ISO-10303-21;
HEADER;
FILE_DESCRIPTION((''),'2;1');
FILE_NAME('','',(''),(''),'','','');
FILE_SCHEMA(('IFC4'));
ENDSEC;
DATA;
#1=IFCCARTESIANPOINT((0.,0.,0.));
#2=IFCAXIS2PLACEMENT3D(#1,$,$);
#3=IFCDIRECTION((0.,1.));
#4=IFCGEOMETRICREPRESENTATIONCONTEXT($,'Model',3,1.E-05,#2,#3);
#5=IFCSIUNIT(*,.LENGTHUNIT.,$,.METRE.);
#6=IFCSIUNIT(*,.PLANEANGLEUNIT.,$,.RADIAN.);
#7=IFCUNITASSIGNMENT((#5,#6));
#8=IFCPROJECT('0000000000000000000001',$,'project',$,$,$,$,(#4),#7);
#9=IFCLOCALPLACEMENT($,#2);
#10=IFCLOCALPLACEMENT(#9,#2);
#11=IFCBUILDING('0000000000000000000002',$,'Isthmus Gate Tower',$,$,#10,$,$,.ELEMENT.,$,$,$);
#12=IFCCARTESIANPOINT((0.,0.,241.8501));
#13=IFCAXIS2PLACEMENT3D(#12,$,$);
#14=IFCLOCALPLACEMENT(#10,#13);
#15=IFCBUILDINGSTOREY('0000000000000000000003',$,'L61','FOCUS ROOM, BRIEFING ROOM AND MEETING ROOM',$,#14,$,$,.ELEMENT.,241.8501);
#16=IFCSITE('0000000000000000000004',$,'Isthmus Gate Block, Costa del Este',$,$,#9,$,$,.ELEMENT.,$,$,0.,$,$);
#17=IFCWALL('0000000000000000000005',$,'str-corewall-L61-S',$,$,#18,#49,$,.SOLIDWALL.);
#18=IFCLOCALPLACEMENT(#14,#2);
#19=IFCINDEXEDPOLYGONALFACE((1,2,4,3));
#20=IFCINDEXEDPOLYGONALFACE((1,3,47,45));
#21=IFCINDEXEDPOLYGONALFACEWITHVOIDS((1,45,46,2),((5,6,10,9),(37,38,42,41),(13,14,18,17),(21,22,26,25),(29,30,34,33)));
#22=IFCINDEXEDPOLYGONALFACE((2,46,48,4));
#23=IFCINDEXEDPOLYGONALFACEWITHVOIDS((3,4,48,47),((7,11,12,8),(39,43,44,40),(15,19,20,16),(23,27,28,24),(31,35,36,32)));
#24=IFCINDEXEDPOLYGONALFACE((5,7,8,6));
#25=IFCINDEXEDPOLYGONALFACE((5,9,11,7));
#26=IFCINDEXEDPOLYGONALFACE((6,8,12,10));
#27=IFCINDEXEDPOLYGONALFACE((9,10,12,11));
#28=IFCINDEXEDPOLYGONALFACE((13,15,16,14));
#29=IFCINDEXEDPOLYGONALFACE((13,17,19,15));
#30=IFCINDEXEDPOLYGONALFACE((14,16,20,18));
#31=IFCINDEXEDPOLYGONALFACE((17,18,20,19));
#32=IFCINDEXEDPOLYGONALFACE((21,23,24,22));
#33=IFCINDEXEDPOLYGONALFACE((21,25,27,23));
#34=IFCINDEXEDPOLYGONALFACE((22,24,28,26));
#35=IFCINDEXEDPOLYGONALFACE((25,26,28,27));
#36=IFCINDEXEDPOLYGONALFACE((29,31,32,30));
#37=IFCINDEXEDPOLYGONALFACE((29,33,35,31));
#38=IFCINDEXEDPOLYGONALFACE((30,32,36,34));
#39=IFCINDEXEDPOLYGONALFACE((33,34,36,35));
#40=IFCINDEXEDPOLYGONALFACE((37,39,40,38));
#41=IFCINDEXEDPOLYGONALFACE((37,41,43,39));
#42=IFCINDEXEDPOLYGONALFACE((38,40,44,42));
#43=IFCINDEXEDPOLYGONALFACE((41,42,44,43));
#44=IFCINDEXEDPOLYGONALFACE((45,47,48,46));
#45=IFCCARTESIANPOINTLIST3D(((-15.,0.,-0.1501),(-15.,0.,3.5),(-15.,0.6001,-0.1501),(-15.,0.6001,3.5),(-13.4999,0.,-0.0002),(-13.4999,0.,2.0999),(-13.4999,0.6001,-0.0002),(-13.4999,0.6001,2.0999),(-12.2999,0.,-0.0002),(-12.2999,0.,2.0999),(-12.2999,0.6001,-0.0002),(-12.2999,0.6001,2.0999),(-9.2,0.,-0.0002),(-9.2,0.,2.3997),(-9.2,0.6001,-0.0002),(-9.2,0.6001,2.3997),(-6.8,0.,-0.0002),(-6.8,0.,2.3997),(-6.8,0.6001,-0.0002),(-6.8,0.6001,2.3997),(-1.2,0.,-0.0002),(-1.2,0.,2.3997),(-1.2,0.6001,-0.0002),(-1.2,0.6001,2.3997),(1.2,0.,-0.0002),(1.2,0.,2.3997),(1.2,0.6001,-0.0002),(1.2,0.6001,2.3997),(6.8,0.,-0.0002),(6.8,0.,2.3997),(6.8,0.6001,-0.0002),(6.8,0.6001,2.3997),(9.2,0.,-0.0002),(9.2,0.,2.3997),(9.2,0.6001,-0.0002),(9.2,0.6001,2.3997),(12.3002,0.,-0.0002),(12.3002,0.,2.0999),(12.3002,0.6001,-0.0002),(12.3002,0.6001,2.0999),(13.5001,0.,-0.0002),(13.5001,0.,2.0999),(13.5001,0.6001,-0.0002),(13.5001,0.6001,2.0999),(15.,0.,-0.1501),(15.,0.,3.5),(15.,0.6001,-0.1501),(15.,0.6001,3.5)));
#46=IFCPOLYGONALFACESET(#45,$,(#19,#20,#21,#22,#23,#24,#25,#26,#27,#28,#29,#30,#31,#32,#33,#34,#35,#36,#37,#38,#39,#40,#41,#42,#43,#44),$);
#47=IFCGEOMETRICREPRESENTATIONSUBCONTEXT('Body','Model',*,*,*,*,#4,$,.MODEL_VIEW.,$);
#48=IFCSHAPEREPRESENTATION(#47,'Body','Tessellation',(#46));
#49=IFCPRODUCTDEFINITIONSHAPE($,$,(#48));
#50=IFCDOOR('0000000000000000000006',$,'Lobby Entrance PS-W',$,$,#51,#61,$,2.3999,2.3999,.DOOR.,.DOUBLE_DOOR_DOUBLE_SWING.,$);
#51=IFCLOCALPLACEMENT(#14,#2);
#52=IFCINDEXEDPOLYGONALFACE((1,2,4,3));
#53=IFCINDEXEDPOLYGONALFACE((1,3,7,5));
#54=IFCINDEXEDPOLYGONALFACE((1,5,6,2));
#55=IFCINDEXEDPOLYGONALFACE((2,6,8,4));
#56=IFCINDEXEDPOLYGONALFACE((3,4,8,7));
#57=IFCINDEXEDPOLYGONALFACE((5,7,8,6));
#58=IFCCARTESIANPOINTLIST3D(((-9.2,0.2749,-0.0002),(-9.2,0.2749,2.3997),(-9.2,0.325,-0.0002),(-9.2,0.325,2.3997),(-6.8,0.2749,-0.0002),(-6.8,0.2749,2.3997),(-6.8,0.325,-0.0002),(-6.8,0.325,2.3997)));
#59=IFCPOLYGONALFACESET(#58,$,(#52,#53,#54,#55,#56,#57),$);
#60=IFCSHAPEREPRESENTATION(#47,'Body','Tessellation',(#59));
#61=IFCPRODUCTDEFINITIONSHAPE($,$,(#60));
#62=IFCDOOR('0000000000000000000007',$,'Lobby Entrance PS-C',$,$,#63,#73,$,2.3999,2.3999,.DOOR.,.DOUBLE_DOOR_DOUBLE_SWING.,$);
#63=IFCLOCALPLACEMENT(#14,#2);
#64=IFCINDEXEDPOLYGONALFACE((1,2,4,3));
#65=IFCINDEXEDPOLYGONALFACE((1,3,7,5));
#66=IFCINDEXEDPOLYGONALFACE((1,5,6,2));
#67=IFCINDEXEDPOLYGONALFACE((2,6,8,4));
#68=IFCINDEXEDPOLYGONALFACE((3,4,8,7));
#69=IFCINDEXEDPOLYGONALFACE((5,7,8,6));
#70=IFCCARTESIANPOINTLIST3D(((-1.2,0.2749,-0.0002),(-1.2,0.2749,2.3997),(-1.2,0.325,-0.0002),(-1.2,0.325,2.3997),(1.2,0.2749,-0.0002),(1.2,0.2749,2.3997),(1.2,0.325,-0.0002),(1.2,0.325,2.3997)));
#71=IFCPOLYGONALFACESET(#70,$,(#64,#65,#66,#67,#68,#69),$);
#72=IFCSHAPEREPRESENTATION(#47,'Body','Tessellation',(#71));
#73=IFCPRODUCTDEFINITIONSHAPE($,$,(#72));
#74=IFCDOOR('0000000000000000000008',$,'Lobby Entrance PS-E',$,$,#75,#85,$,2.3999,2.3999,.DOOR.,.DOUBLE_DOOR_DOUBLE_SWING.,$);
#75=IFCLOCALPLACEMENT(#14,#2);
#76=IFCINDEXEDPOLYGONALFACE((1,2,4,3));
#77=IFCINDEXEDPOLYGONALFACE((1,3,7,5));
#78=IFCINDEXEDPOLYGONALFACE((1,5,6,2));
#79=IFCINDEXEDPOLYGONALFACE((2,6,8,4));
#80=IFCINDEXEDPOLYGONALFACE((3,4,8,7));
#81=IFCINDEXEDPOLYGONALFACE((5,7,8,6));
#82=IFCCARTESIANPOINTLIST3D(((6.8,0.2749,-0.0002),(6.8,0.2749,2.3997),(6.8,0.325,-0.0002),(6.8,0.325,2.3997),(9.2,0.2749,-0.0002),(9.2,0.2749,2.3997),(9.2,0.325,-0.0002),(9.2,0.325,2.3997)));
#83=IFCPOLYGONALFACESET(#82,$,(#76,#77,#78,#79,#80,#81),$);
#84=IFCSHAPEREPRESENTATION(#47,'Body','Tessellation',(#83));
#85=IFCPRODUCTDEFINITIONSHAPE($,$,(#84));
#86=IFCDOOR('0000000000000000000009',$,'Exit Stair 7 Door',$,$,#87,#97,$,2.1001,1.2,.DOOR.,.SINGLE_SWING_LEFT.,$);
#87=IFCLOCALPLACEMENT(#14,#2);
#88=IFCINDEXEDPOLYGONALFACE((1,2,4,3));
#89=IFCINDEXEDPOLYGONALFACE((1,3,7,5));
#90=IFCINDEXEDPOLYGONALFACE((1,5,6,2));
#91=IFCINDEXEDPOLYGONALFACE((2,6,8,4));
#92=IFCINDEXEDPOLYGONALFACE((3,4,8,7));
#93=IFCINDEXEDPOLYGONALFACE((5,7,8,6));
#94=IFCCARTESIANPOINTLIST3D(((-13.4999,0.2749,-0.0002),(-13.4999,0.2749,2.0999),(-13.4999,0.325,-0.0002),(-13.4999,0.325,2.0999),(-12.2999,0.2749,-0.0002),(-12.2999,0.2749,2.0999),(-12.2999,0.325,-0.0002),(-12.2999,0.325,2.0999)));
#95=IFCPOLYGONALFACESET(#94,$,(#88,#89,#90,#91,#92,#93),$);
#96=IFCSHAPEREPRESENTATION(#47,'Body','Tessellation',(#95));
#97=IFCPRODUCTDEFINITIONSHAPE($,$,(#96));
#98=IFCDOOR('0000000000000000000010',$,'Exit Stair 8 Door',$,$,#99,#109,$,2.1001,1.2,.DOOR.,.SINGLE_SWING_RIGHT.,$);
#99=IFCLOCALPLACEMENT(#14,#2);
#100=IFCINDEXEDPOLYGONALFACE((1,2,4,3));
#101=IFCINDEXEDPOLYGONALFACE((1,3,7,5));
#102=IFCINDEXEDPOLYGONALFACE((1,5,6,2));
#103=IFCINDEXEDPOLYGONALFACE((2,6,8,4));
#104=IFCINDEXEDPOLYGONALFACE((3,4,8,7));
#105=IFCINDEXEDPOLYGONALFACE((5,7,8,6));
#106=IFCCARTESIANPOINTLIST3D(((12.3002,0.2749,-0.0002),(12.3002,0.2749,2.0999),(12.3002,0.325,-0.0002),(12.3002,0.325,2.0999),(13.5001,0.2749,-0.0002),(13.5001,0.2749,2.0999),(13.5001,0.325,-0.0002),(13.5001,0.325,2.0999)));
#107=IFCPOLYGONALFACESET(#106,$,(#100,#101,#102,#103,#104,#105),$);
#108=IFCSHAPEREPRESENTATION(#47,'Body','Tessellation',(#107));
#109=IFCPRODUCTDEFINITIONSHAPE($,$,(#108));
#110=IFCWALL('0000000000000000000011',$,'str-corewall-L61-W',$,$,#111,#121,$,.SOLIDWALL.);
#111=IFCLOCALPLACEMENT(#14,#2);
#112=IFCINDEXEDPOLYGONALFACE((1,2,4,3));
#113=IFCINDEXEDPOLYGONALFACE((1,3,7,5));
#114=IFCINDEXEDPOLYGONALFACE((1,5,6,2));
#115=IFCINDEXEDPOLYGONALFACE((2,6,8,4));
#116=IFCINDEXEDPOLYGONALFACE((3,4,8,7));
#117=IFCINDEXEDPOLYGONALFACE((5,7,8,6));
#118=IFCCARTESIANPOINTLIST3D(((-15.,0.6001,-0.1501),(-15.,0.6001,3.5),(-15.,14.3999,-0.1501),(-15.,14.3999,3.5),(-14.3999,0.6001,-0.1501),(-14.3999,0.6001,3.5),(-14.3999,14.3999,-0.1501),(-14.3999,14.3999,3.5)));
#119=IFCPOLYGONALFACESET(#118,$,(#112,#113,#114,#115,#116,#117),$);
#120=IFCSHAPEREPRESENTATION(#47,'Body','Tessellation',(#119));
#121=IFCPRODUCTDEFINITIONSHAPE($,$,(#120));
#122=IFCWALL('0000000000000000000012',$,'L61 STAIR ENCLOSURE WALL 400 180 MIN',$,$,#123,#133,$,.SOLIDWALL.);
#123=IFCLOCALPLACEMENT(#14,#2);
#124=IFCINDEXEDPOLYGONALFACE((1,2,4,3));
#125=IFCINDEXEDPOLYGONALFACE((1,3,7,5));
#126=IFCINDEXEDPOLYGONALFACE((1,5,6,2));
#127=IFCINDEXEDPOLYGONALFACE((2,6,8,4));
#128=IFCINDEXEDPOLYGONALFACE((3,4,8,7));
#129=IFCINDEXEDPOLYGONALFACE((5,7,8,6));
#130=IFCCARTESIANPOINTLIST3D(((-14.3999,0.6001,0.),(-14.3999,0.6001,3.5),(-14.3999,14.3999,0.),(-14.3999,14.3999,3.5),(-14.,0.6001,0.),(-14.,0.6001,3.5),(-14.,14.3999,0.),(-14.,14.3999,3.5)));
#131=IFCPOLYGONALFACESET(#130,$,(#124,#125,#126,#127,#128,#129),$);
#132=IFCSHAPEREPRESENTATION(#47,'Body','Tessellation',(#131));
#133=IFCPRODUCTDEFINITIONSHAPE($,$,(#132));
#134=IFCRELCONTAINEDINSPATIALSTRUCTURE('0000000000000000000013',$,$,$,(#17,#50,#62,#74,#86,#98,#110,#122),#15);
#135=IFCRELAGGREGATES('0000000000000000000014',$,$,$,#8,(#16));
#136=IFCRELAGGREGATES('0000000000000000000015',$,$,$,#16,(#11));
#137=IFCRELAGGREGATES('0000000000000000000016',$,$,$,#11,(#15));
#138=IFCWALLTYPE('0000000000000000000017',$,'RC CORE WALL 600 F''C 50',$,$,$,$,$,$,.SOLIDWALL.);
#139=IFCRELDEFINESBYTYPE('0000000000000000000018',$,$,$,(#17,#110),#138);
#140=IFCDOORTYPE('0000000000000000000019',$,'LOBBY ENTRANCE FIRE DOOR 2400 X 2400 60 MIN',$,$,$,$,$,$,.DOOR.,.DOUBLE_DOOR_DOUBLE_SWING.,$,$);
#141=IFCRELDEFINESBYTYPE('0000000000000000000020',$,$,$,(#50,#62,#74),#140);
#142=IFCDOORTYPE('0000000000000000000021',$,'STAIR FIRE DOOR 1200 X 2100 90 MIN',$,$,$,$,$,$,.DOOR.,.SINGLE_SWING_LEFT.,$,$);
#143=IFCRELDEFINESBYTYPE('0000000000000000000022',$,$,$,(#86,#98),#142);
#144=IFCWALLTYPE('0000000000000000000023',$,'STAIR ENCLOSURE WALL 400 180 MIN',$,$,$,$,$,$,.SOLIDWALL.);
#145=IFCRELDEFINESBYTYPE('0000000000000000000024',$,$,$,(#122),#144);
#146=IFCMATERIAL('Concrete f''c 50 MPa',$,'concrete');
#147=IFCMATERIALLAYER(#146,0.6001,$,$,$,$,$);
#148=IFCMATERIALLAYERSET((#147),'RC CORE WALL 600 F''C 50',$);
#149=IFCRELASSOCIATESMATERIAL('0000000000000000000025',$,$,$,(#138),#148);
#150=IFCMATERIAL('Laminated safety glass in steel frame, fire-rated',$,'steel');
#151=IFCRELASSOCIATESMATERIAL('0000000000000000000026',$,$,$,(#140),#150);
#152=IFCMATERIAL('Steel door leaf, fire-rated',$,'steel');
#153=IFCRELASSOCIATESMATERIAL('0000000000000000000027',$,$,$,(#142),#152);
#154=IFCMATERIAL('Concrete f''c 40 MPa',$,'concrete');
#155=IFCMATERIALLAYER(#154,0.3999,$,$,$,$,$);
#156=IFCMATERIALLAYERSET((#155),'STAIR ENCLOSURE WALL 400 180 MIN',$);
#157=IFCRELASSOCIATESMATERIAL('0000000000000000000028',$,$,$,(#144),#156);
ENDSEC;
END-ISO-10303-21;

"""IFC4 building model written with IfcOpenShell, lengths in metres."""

from ifc_helpers import new_model, si_unit, direction, frame, frame_2d, origin, place, context, subcontext, project, spatial, rectangle, extrude, material, layer, layer_set, type_object, element, fill, save


model = new_model("IFC4")

# Units and contexts
model_context = context("Model", 3, precision=1e-05, world=origin(), true_north=direction((0.0, 1.0)))
body_context = subcontext(model_context, "Body", "Model", "MODEL_VIEW")
ifc_project = project(units=[si_unit("LENGTHUNIT", "METRE"), si_unit("PLANEANGLEUNIT", "RADIAN")], contexts=[model_context])

# Site, building, storey
site_placement = place(None, origin())
site = spatial("IfcSite", under=ifc_project, at=site_placement, Name="Isthmus Gate Block, Costa del Este", CompositionType="ELEMENT", RefElevation=0.0)
building_placement = place(site_placement, origin())
building = spatial("IfcBuilding", under=site, at=building_placement, Name="Isthmus Gate Tower", CompositionType="ELEMENT")
storey_placement = place(building_placement, frame((0.0, 0.0, 241.8501)))
storey = spatial("IfcBuildingStorey", under=building, at=storey_placement, Name="L61", Description="FOCUS ROOM, BRIEFING ROOM AND MEETING ROOM", CompositionType="ELEMENT", Elevation=241.8501)

# Wall, openings, doors
ifc_material_1 = material(Name="Concrete f'c 50 MPa", Category="concrete")
ifc_layer_1 = layer(ifc_material_1, 0.6001)
ifc_layer_set_1 = layer_set([ifc_layer_1], Name="RC CORE WALL 600 F'C 50")
wall_type_1 = type_object("IfcWallType", Name="RC CORE WALL 600 F'C 50", PredefinedType="SOLIDWALL", material=ifc_layer_set_1)
wall_1_placement = place(storey_placement, frame((-15.0, 0.3, -0.1501), z_axis=(0.0, 0.0, 1.0), x_axis=(1.0, 0.0, 0.0)))
wall_1 = element("IfcWall", 1, at=wall_1_placement, inside=storey, type_object=wall_type_1, Name="str-corewall-L61-S", PredefinedType="SOLIDWALL", context=body_context, shape_type="SweptSolid", body=[
    extrude(rectangle(XDim=30.0, YDim=0.6001, at=frame_2d((15.0, 0.0))), origin(), (0.0, 0.0, 1.0), 3.6501),
])
opening_1_placement = place(wall_1_placement, frame((5.8, 0.0, 0.1499)))
opening_1 = element("IfcOpeningElement", 2, at=opening_1_placement, cuts=wall_1, PredefinedType="OPENING", context=body_context, shape_type="SweptSolid", body=[
    extrude(rectangle(XDim=2.3999, YDim=2.3999, at=frame_2d((1.2, 1.2))), frame((0.0, 0.3101, 0.0), z_axis=(0.0, -1.0, 0.0), x_axis=(1.0, 0.0, 0.0)), (0.0, 0.0, 1.0), 0.6201),
])
opening_2_placement = place(wall_1_placement, frame((13.8, 0.0, 0.1499)))
opening_2 = element("IfcOpeningElement", 3, at=opening_2_placement, cuts=wall_1, PredefinedType="OPENING", context=body_context, shape_type="SweptSolid", body=[
    extrude(rectangle(XDim=2.3999, YDim=2.3999, at=frame_2d((1.2, 1.2))), frame((0.0, 0.3101, 0.0), z_axis=(0.0, -1.0, 0.0), x_axis=(1.0, 0.0, 0.0)), (0.0, 0.0, 1.0), 0.6201),
])
opening_3_placement = place(wall_1_placement, frame((21.8, 0.0, 0.1499)))
opening_3 = element("IfcOpeningElement", 4, at=opening_3_placement, cuts=wall_1, PredefinedType="OPENING", context=body_context, shape_type="SweptSolid", body=[
    extrude(rectangle(XDim=2.3999, YDim=2.3999, at=frame_2d((1.2, 1.2))), frame((0.0, 0.3101, 0.0), z_axis=(0.0, -1.0, 0.0), x_axis=(1.0, 0.0, 0.0)), (0.0, 0.0, 1.0), 0.6201),
])
opening_4_placement = place(wall_1_placement, frame((1.5, 0.0, 0.1499)))
opening_4 = element("IfcOpeningElement", 5, at=opening_4_placement, cuts=wall_1, PredefinedType="OPENING", context=body_context, shape_type="SweptSolid", body=[
    extrude(rectangle(XDim=1.2, YDim=2.1001, at=frame_2d((0.6001, 1.05))), frame((0.0, 0.3101, 0.0), z_axis=(0.0, -1.0, 0.0), x_axis=(1.0, 0.0, 0.0)), (0.0, 0.0, 1.0), 0.6201),
])
opening_5_placement = place(wall_1_placement, frame((27.3, 0.0, 0.1499)))
opening_5 = element("IfcOpeningElement", 6, at=opening_5_placement, cuts=wall_1, PredefinedType="OPENING", context=body_context, shape_type="SweptSolid", body=[
    extrude(rectangle(XDim=1.2, YDim=2.1001, at=frame_2d((0.6001, 1.05))), frame((0.0, 0.3101, 0.0), z_axis=(0.0, -1.0, 0.0), x_axis=(1.0, 0.0, 0.0)), (0.0, 0.0, 1.0), 0.6201),
])
ifc_material_2 = material(Name="Laminated safety glass in steel frame, fire-rated", Category="steel")
door_type_1 = type_object("IfcDoorType", Name="LOBBY ENTRANCE FIRE DOOR 2400 X 2400 60 MIN", OperationType="DOUBLE_DOOR_DOUBLE_SWING", PredefinedType="DOOR", material=ifc_material_2)
door_1_placement = place(opening_1_placement, origin())
door_1 = element("IfcDoor", 7, at=door_1_placement, inside=storey, type_object=door_type_1, Name="Lobby Entrance PS-W", OperationType="DOUBLE_DOOR_DOUBLE_SWING", OverallHeight=2.3999, OverallWidth=2.3999, PredefinedType="DOOR", context=body_context, shape_type="SweptSolid", body=[
    extrude(rectangle(XDim=2.3999, YDim=2.3999, at=frame_2d((1.2, 1.2))), frame((0.0, 0.0249, 0.0), z_axis=(0.0, -1.0, 0.0), x_axis=(1.0, 0.0, 0.0)), (0.0, 0.0, 1.0), 0.05),
])
fill(opening_1, door_1)
door_2_placement = place(opening_2_placement, origin())
door_2 = element("IfcDoor", 8, at=door_2_placement, inside=storey, type_object=door_type_1, Name="Lobby Entrance PS-C", OperationType="DOUBLE_DOOR_DOUBLE_SWING", OverallHeight=2.3999, OverallWidth=2.3999, PredefinedType="DOOR", context=body_context, shape_type="SweptSolid", body=[
    extrude(rectangle(XDim=2.3999, YDim=2.3999, at=frame_2d((1.2, 1.2))), frame((0.0, 0.0249, 0.0), z_axis=(0.0, -1.0, 0.0), x_axis=(1.0, 0.0, 0.0)), (0.0, 0.0, 1.0), 0.05),
])
fill(opening_2, door_2)
door_3_placement = place(opening_3_placement, origin())
door_3 = element("IfcDoor", 9, at=door_3_placement, inside=storey, type_object=door_type_1, Name="Lobby Entrance PS-E", OperationType="DOUBLE_DOOR_DOUBLE_SWING", OverallHeight=2.3999, OverallWidth=2.3999, PredefinedType="DOOR", context=body_context, shape_type="SweptSolid", body=[
    extrude(rectangle(XDim=2.3999, YDim=2.3999, at=frame_2d((1.2, 1.2))), frame((0.0, 0.0249, 0.0), z_axis=(0.0, -1.0, 0.0), x_axis=(1.0, 0.0, 0.0)), (0.0, 0.0, 1.0), 0.05),
])
fill(opening_3, door_3)
ifc_material_3 = material(Name="Steel door leaf, fire-rated", Category="steel")
door_type_2 = type_object("IfcDoorType", Name="STAIR FIRE DOOR 1200 X 2100 90 MIN", OperationType="SINGLE_SWING_LEFT", PredefinedType="DOOR", material=ifc_material_3)
door_4_placement = place(opening_4_placement, origin())
door_4 = element("IfcDoor", 10, at=door_4_placement, inside=storey, type_object=door_type_2, Name="Exit Stair 7 Door", OperationType="SINGLE_SWING_LEFT", OverallHeight=2.1001, OverallWidth=1.2, PredefinedType="DOOR", context=body_context, shape_type="SweptSolid", body=[
    extrude(rectangle(XDim=1.2, YDim=2.1001, at=frame_2d((0.6001, 1.05))), frame((0.0, 0.0249, 0.0), z_axis=(0.0, -1.0, 0.0), x_axis=(1.0, 0.0, 0.0)), (0.0, 0.0, 1.0), 0.05),
])
fill(opening_4, door_4)
door_5_placement = place(opening_5_placement, origin())
door_5 = element("IfcDoor", 11, at=door_5_placement, inside=storey, type_object=door_type_2, Name="Exit Stair 8 Door", OperationType="SINGLE_SWING_RIGHT", OverallHeight=2.1001, OverallWidth=1.2, PredefinedType="DOOR", context=body_context, shape_type="SweptSolid", body=[
    extrude(rectangle(XDim=1.2, YDim=2.1001, at=frame_2d((0.6001, 1.05))), frame((0.0, 0.0249, 0.0), z_axis=(0.0, -1.0, 0.0), x_axis=(1.0, 0.0, 0.0)), (0.0, 0.0, 1.0), 0.05),
])
fill(opening_5, door_5)

# Walls
wall_2_placement = place(storey_placement, frame((-14.7, 0.6001, -0.1501), z_axis=(0.0, 0.0, 1.0), x_axis=(0.0, 1.0, 0.0)))
element("IfcWall", 12, at=wall_2_placement, inside=storey, type_object=wall_type_1, Name="str-corewall-L61-W", PredefinedType="SOLIDWALL", context=body_context, shape_type="SweptSolid", body=[
    extrude(rectangle(XDim=13.7998, YDim=0.6001, at=frame_2d((6.8999, 0.0))), origin(), (0.0, 0.0, 1.0), 3.6501),
])
ifc_material_4 = material(Name="Concrete f'c 40 MPa", Category="concrete")
ifc_layer_2 = layer(ifc_material_4, 0.3999)
ifc_layer_set_2 = layer_set([ifc_layer_2], Name="STAIR ENCLOSURE WALL 400 180 MIN")
wall_type_2 = type_object("IfcWallType", Name="STAIR ENCLOSURE WALL 400 180 MIN", PredefinedType="SOLIDWALL", material=ifc_layer_set_2)
wall_3_placement = place(storey_placement, frame((-14.2, 0.6001, 0.0), z_axis=(0.0, 0.0, 1.0), x_axis=(0.0, 1.0, 0.0)))
element("IfcWall", 13, at=wall_3_placement, inside=storey, type_object=wall_type_2, Name="L61 STAIR ENCLOSURE WALL 400 180 MIN", PredefinedType="SOLIDWALL", context=body_context, shape_type="SweptSolid", body=[
    extrude(rectangle(XDim=13.7998, YDim=0.3999, at=frame_2d((6.8999, 0.0))), origin(), (0.0, 0.0, 1.0), 3.5),
])

save(model, "model.ifc")
